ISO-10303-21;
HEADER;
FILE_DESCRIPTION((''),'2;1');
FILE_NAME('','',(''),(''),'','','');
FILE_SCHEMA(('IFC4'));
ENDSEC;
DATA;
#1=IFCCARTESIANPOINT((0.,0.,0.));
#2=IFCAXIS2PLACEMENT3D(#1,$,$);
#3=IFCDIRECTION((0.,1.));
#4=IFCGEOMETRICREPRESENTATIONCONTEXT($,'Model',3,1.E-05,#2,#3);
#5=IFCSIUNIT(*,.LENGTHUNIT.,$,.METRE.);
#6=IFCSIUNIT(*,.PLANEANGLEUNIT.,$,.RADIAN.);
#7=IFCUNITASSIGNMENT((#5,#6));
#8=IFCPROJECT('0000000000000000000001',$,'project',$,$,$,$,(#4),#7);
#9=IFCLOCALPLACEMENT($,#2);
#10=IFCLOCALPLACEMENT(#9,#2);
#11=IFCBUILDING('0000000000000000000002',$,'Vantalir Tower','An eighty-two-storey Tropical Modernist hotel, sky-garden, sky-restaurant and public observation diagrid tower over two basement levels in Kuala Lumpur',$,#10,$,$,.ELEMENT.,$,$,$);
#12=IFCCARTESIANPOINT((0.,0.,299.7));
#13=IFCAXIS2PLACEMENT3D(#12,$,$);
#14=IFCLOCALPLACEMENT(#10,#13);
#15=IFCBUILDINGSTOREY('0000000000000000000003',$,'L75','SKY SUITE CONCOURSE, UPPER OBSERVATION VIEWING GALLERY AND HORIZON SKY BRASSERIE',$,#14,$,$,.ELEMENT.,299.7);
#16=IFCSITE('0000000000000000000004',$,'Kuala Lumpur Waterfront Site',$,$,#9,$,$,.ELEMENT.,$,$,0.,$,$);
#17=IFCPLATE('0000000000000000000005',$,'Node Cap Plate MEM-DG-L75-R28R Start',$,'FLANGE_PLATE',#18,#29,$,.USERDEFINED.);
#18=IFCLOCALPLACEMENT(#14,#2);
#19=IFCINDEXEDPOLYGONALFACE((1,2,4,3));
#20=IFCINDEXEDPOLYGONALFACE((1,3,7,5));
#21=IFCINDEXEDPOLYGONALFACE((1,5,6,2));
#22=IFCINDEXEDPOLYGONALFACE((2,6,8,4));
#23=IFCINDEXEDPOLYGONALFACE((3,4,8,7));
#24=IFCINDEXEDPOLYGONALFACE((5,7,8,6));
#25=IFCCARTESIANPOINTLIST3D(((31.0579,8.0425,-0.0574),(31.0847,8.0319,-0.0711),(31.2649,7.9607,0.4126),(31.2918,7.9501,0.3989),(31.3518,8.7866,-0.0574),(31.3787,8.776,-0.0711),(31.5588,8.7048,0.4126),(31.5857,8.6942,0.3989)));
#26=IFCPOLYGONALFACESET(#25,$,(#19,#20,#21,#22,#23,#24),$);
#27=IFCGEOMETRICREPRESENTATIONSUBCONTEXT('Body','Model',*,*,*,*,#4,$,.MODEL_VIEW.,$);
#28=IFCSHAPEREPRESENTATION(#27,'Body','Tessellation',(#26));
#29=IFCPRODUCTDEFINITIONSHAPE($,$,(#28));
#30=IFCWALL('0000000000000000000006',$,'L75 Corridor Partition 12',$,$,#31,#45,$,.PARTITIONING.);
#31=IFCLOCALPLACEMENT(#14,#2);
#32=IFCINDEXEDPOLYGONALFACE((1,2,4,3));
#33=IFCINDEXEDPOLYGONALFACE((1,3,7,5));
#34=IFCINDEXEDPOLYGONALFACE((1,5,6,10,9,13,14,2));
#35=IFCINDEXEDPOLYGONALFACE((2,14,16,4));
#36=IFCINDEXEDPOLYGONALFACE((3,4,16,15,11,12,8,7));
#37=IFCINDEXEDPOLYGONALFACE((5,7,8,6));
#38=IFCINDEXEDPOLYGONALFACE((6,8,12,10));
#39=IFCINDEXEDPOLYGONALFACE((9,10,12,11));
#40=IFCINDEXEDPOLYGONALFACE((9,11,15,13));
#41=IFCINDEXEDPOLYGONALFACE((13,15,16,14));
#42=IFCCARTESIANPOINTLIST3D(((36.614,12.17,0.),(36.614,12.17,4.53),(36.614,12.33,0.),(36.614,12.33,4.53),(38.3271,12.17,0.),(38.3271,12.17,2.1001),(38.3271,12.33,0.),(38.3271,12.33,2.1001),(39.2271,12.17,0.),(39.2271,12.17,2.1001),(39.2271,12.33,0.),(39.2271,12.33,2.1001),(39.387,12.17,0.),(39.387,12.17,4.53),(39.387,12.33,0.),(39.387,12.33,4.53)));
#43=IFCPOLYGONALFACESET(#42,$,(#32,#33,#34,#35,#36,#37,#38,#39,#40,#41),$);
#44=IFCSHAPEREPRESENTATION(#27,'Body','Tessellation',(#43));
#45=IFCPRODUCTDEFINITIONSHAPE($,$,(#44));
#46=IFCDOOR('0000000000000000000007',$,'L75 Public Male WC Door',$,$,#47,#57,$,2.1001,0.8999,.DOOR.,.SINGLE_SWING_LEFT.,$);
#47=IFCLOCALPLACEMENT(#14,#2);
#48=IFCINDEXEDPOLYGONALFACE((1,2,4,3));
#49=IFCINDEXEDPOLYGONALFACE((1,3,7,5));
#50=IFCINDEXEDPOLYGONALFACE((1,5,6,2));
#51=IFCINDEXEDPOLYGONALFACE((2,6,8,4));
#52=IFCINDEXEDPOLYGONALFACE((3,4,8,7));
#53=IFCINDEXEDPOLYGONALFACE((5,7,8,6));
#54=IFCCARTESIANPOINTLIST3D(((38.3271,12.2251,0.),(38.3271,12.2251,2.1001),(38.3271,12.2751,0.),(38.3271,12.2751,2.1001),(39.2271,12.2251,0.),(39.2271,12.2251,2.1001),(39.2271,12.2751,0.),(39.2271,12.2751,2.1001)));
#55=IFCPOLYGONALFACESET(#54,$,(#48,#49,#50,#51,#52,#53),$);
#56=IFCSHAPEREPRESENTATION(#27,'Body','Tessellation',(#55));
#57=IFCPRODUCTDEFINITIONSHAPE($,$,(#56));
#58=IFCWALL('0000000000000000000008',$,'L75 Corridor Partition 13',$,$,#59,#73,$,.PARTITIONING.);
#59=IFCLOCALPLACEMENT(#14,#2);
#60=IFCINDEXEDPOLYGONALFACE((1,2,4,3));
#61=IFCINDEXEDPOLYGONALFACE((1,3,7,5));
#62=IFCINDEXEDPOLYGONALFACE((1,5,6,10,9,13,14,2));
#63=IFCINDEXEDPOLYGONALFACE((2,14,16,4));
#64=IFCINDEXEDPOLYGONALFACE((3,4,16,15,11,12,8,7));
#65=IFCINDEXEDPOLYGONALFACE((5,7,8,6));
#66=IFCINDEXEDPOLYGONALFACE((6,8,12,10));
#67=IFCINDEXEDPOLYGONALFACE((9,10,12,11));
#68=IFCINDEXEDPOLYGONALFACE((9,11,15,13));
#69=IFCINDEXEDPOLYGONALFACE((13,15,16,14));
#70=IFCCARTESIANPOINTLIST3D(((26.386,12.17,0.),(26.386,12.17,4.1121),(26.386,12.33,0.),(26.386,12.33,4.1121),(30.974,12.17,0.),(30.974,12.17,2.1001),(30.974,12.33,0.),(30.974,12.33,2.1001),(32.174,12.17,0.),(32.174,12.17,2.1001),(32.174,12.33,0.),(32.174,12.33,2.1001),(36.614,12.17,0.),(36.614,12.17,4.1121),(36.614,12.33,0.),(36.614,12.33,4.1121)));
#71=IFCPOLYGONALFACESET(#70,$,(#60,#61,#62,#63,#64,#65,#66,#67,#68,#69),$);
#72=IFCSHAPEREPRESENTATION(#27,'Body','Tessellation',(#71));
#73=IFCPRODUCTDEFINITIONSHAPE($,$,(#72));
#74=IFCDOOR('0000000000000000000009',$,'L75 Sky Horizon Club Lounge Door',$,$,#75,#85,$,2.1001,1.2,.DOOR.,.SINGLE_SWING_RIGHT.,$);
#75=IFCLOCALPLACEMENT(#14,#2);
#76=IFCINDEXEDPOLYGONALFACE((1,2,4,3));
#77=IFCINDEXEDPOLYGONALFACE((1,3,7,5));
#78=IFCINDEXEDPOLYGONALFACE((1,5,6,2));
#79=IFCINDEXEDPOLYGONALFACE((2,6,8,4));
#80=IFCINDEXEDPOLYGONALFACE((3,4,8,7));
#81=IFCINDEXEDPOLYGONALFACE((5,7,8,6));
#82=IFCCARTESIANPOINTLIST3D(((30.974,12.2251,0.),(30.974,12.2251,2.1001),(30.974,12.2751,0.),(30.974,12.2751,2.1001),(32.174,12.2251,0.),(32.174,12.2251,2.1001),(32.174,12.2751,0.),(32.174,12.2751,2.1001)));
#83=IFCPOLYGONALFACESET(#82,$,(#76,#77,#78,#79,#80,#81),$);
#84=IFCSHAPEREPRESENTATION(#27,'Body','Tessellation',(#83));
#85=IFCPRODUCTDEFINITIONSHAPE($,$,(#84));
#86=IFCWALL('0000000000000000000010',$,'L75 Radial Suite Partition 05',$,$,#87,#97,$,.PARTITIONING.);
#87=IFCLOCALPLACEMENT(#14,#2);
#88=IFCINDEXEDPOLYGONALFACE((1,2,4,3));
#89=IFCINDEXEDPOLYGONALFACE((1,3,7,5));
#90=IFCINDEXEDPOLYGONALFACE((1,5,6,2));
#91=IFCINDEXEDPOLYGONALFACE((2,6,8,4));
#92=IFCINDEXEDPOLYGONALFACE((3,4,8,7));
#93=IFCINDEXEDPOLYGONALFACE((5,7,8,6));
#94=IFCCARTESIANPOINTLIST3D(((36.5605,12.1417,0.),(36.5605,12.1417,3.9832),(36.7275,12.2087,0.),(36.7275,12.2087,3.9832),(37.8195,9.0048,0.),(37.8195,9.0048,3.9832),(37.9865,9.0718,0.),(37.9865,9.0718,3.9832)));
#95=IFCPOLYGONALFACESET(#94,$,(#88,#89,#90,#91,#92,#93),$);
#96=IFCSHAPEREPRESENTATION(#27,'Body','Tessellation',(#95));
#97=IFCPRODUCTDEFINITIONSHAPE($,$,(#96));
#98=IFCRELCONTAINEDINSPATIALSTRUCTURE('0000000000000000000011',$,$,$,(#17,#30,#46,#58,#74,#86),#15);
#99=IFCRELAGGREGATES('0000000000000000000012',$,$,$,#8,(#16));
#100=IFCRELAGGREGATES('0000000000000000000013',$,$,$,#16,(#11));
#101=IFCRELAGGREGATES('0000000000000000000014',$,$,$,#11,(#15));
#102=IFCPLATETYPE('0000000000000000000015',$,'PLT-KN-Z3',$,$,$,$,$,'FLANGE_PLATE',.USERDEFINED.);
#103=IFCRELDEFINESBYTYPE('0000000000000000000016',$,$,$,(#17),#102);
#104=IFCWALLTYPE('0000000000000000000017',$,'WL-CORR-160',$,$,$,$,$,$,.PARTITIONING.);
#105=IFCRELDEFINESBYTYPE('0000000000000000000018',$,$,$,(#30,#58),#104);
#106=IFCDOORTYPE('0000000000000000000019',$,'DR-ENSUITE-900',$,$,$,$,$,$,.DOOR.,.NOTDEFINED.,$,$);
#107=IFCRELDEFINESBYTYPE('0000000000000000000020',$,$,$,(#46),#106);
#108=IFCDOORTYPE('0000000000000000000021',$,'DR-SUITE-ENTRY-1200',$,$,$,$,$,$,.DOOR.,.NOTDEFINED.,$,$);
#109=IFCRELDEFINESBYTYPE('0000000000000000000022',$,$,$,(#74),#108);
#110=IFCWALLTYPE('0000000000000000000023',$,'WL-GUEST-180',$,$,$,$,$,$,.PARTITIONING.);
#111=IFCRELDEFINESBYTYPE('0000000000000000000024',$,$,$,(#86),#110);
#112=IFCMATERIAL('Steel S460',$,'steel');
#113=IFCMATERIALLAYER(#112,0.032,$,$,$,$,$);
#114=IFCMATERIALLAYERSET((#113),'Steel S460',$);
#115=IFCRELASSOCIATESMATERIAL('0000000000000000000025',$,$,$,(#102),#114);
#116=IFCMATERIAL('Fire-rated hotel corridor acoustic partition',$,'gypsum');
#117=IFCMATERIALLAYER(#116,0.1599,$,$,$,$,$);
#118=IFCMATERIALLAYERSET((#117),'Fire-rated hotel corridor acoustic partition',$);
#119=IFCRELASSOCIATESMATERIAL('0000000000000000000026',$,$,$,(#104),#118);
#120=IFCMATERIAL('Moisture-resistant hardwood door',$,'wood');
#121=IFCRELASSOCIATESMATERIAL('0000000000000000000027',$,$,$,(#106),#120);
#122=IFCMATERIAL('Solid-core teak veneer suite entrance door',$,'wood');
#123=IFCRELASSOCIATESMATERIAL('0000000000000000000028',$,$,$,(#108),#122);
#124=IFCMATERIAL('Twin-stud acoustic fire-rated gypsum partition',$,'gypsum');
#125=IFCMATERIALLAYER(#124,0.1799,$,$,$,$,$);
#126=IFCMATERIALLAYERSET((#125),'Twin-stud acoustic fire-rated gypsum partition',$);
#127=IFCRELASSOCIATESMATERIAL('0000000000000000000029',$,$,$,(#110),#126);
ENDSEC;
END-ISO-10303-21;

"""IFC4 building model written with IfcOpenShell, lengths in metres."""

from ifc_helpers import new_model, si_unit, direction, frame, frame_2d, origin, place, context, subcontext, project, spatial, polyline, rectangle, outline, extrude, material, layer, layer_set, type_object, element, fill, save


model = new_model("IFC4")

# Units and contexts
model_context = context("Model", 3, precision=1e-05, world=origin(), true_north=direction((0.0, 1.0)))
body_context = subcontext(model_context, "Body", "Model", "MODEL_VIEW")
ifc_project = project(units=[si_unit("LENGTHUNIT", "METRE"), si_unit("PLANEANGLEUNIT", "RADIAN")], contexts=[model_context])

# Site, building, storey
site_placement = place(None, origin())
site = spatial("IfcSite", under=ifc_project, at=site_placement, Name="Kuala Lumpur Waterfront Site", CompositionType="ELEMENT", RefElevation=0.0)
building_placement = place(site_placement, origin())
building = spatial("IfcBuilding", under=site, at=building_placement, Name="Vantalir Tower", Description="An eighty-two-storey Tropical Modernist hotel, sky-garden, sky-restaurant and public observation diagrid tower over two basement levels in Kuala Lumpur", CompositionType="ELEMENT")
storey_placement = place(building_placement, frame((0.0, 0.0, 299.7)))
storey = spatial("IfcBuildingStorey", under=building, at=storey_placement, Name="L75", Description="SKY SUITE CONCOURSE, UPPER OBSERVATION VIEWING GALLERY AND HORIZON SKY BRASSERIE", CompositionType="ELEMENT", Elevation=299.7)

# Shared definitions
ifc_material_1 = material(Name="Steel S460", Category="steel")

# Plate
ifc_layer_1 = layer(ifc_material_1, 0.032)
ifc_layer_set_1 = layer_set([ifc_layer_1], Name="Steel S460")
plate_type_1 = type_object("IfcPlateType", Name="PLT-KN-Z3", ElementType="FLANGE_PLATE", PredefinedType="USERDEFINED", material=ifc_layer_set_1)
plate_1_placement = place(storey_placement, frame((31.3518, 8.7866, -0.0574), z_axis=(-0.840549, 0.332028, 0.42806), x_axis=(-0.367389, -0.930067, 0.0)))
element("IfcPlate", 1, at=plate_1_placement, inside=storey, type_object=plate_type_1, Name="Node Cap Plate MEM-DG-L75-R28R Start", ObjectType="FLANGE_PLATE", PredefinedType="USERDEFINED", context=body_context, shape_type="SweptSolid", body=[
    extrude(outline(polyline([(0.0, 0.0), (0.8001, 0.0), (0.8001, 0.52), (0.0, 0.52), (0.0, 0.0)])), origin(), (0.0, 0.0, -1.0), 0.032),
])

# Walls, openings, doors
ifc_material_2 = material(Name="Fire-rated hotel corridor acoustic partition", Category="gypsum")
ifc_layer_2 = layer(ifc_material_2, 0.1599)
ifc_layer_set_2 = layer_set([ifc_layer_2], Name="Fire-rated hotel corridor acoustic partition")
wall_type_1 = type_object("IfcWallType", Name="WL-CORR-160", PredefinedType="PARTITIONING", material=ifc_layer_set_2)
wall_1_placement = place(storey_placement, frame((39.387, 12.25, 0.0), z_axis=(0.0, 0.0, 1.0), x_axis=(-1.0, 0.0, 0.0)))
wall_1 = element("IfcWall", 2, at=wall_1_placement, inside=storey, type_object=wall_type_1, Name="L75 Corridor Partition 12", PredefinedType="PARTITIONING", context=body_context, shape_type="SweptSolid", body=[
    extrude(rectangle(XDim=2.7729, YDim=0.1599, at=frame_2d((1.3865, 0.0))), origin(), (0.0, 0.0, 1.0), 4.53),
])
opening_1_placement = place(wall_1_placement, frame((0.1599, 0.0, 0.0)))
opening_1 = element("IfcOpeningElement", 3, at=opening_1_placement, cuts=wall_1, PredefinedType="OPENING", context=body_context, shape_type="SweptSolid", body=[
    extrude(rectangle(XDim=0.8999, YDim=2.1001, at=frame_2d((0.45, 1.05))), frame((0.0, 0.0898, 0.0), z_axis=(0.0, -1.0, 0.0), x_axis=(1.0, 0.0, 0.0)), (0.0, 0.0, 1.0), 0.1799),
])
ifc_material_3 = material(Name="Moisture-resistant hardwood door", Category="wood")
door_type_1 = type_object("IfcDoorType", Name="DR-ENSUITE-900", OperationType="NOTDEFINED", PredefinedType="DOOR", material=ifc_material_3)
door_1_placement = place(opening_1_placement, origin())
door_1 = element("IfcDoor", 4, at=door_1_placement, inside=storey, type_object=door_type_1, Name="L75 Public Male WC Door", OperationType="SINGLE_SWING_LEFT", OverallHeight=2.1001, OverallWidth=0.8999, PredefinedType="DOOR", context=body_context, shape_type="SweptSolid", body=[
    extrude(rectangle(XDim=0.8999, YDim=2.1001, at=frame_2d((0.45, 1.05))), frame((0.0, 0.0249, 0.0), z_axis=(0.0, -1.0, 0.0), x_axis=(1.0, 0.0, 0.0)), (0.0, 0.0, 1.0), 0.05),
])
fill(opening_1, door_1)
wall_2_placement = place(storey_placement, frame((36.614, 12.25, 0.0), z_axis=(0.0, 0.0, 1.0), x_axis=(-1.0, 0.0, 0.0)))
wall_2 = element("IfcWall", 5, at=wall_2_placement, inside=storey, type_object=wall_type_1, Name="L75 Corridor Partition 13", PredefinedType="PARTITIONING", context=body_context, shape_type="SweptSolid", body=[
    extrude(rectangle(XDim=10.228, YDim=0.1599, at=frame_2d((5.114, 0.0))), origin(), (0.0, 0.0, 1.0), 4.1121),
])
opening_2_placement = place(wall_2_placement, frame((4.4399, 0.0, 0.0)))
opening_2 = element("IfcOpeningElement", 6, at=opening_2_placement, cuts=wall_2, PredefinedType="OPENING", context=body_context, shape_type="SweptSolid", body=[
    extrude(rectangle(XDim=1.2, YDim=2.1001, at=frame_2d((0.6001, 1.05))), frame((0.0, 0.0898, 0.0), z_axis=(0.0, -1.0, 0.0), x_axis=(1.0, 0.0, 0.0)), (0.0, 0.0, 1.0), 0.1799),
])
ifc_material_4 = material(Name="Solid-core teak veneer suite entrance door", Category="wood")
door_type_2 = type_object("IfcDoorType", Name="DR-SUITE-ENTRY-1200", OperationType="NOTDEFINED", PredefinedType="DOOR", material=ifc_material_4)
door_2_placement = place(opening_2_placement, origin())
door_2 = element("IfcDoor", 7, at=door_2_placement, inside=storey, type_object=door_type_2, Name="L75 Sky Horizon Club Lounge Door", OperationType="SINGLE_SWING_RIGHT", OverallHeight=2.1001, OverallWidth=1.2, PredefinedType="DOOR", context=body_context, shape_type="SweptSolid", body=[
    extrude(rectangle(XDim=1.2, YDim=2.1001, at=frame_2d((0.6001, 1.05))), frame((0.0, 0.0249, 0.0), z_axis=(0.0, -1.0, 0.0), x_axis=(1.0, 0.0, 0.0)), (0.0, 0.0, 1.0), 0.05),
])
fill(opening_2, door_2)

# Wall
ifc_material_5 = material(Name="Twin-stud acoustic fire-rated gypsum partition", Category="gypsum")
ifc_layer_3 = layer(ifc_material_5, 0.1799)
ifc_layer_set_3 = layer_set([ifc_layer_3], Name="Twin-stud acoustic fire-rated gypsum partition")
wall_type_2 = type_object("IfcWallType", Name="WL-GUEST-180", PredefinedType="PARTITIONING", material=ifc_layer_set_3)
wall_3_placement = place(storey_placement, frame((36.644, 12.175, 0.0), z_axis=(0.0, 0.0, 1.0), x_axis=(0.372474, -0.928043, 0.0)))
element("IfcWall", 8, at=wall_3_placement, inside=storey, type_object=wall_type_2, Name="L75 Radial Suite Partition 05", PredefinedType="PARTITIONING", context=body_context, shape_type="SweptSolid", body=[
    extrude(rectangle(XDim=3.3801, YDim=0.1799, at=frame_2d((1.6899, 0.0))), origin(), (0.0, 0.0, 1.0), 3.9832),
])

save(model, "model.ifc")
